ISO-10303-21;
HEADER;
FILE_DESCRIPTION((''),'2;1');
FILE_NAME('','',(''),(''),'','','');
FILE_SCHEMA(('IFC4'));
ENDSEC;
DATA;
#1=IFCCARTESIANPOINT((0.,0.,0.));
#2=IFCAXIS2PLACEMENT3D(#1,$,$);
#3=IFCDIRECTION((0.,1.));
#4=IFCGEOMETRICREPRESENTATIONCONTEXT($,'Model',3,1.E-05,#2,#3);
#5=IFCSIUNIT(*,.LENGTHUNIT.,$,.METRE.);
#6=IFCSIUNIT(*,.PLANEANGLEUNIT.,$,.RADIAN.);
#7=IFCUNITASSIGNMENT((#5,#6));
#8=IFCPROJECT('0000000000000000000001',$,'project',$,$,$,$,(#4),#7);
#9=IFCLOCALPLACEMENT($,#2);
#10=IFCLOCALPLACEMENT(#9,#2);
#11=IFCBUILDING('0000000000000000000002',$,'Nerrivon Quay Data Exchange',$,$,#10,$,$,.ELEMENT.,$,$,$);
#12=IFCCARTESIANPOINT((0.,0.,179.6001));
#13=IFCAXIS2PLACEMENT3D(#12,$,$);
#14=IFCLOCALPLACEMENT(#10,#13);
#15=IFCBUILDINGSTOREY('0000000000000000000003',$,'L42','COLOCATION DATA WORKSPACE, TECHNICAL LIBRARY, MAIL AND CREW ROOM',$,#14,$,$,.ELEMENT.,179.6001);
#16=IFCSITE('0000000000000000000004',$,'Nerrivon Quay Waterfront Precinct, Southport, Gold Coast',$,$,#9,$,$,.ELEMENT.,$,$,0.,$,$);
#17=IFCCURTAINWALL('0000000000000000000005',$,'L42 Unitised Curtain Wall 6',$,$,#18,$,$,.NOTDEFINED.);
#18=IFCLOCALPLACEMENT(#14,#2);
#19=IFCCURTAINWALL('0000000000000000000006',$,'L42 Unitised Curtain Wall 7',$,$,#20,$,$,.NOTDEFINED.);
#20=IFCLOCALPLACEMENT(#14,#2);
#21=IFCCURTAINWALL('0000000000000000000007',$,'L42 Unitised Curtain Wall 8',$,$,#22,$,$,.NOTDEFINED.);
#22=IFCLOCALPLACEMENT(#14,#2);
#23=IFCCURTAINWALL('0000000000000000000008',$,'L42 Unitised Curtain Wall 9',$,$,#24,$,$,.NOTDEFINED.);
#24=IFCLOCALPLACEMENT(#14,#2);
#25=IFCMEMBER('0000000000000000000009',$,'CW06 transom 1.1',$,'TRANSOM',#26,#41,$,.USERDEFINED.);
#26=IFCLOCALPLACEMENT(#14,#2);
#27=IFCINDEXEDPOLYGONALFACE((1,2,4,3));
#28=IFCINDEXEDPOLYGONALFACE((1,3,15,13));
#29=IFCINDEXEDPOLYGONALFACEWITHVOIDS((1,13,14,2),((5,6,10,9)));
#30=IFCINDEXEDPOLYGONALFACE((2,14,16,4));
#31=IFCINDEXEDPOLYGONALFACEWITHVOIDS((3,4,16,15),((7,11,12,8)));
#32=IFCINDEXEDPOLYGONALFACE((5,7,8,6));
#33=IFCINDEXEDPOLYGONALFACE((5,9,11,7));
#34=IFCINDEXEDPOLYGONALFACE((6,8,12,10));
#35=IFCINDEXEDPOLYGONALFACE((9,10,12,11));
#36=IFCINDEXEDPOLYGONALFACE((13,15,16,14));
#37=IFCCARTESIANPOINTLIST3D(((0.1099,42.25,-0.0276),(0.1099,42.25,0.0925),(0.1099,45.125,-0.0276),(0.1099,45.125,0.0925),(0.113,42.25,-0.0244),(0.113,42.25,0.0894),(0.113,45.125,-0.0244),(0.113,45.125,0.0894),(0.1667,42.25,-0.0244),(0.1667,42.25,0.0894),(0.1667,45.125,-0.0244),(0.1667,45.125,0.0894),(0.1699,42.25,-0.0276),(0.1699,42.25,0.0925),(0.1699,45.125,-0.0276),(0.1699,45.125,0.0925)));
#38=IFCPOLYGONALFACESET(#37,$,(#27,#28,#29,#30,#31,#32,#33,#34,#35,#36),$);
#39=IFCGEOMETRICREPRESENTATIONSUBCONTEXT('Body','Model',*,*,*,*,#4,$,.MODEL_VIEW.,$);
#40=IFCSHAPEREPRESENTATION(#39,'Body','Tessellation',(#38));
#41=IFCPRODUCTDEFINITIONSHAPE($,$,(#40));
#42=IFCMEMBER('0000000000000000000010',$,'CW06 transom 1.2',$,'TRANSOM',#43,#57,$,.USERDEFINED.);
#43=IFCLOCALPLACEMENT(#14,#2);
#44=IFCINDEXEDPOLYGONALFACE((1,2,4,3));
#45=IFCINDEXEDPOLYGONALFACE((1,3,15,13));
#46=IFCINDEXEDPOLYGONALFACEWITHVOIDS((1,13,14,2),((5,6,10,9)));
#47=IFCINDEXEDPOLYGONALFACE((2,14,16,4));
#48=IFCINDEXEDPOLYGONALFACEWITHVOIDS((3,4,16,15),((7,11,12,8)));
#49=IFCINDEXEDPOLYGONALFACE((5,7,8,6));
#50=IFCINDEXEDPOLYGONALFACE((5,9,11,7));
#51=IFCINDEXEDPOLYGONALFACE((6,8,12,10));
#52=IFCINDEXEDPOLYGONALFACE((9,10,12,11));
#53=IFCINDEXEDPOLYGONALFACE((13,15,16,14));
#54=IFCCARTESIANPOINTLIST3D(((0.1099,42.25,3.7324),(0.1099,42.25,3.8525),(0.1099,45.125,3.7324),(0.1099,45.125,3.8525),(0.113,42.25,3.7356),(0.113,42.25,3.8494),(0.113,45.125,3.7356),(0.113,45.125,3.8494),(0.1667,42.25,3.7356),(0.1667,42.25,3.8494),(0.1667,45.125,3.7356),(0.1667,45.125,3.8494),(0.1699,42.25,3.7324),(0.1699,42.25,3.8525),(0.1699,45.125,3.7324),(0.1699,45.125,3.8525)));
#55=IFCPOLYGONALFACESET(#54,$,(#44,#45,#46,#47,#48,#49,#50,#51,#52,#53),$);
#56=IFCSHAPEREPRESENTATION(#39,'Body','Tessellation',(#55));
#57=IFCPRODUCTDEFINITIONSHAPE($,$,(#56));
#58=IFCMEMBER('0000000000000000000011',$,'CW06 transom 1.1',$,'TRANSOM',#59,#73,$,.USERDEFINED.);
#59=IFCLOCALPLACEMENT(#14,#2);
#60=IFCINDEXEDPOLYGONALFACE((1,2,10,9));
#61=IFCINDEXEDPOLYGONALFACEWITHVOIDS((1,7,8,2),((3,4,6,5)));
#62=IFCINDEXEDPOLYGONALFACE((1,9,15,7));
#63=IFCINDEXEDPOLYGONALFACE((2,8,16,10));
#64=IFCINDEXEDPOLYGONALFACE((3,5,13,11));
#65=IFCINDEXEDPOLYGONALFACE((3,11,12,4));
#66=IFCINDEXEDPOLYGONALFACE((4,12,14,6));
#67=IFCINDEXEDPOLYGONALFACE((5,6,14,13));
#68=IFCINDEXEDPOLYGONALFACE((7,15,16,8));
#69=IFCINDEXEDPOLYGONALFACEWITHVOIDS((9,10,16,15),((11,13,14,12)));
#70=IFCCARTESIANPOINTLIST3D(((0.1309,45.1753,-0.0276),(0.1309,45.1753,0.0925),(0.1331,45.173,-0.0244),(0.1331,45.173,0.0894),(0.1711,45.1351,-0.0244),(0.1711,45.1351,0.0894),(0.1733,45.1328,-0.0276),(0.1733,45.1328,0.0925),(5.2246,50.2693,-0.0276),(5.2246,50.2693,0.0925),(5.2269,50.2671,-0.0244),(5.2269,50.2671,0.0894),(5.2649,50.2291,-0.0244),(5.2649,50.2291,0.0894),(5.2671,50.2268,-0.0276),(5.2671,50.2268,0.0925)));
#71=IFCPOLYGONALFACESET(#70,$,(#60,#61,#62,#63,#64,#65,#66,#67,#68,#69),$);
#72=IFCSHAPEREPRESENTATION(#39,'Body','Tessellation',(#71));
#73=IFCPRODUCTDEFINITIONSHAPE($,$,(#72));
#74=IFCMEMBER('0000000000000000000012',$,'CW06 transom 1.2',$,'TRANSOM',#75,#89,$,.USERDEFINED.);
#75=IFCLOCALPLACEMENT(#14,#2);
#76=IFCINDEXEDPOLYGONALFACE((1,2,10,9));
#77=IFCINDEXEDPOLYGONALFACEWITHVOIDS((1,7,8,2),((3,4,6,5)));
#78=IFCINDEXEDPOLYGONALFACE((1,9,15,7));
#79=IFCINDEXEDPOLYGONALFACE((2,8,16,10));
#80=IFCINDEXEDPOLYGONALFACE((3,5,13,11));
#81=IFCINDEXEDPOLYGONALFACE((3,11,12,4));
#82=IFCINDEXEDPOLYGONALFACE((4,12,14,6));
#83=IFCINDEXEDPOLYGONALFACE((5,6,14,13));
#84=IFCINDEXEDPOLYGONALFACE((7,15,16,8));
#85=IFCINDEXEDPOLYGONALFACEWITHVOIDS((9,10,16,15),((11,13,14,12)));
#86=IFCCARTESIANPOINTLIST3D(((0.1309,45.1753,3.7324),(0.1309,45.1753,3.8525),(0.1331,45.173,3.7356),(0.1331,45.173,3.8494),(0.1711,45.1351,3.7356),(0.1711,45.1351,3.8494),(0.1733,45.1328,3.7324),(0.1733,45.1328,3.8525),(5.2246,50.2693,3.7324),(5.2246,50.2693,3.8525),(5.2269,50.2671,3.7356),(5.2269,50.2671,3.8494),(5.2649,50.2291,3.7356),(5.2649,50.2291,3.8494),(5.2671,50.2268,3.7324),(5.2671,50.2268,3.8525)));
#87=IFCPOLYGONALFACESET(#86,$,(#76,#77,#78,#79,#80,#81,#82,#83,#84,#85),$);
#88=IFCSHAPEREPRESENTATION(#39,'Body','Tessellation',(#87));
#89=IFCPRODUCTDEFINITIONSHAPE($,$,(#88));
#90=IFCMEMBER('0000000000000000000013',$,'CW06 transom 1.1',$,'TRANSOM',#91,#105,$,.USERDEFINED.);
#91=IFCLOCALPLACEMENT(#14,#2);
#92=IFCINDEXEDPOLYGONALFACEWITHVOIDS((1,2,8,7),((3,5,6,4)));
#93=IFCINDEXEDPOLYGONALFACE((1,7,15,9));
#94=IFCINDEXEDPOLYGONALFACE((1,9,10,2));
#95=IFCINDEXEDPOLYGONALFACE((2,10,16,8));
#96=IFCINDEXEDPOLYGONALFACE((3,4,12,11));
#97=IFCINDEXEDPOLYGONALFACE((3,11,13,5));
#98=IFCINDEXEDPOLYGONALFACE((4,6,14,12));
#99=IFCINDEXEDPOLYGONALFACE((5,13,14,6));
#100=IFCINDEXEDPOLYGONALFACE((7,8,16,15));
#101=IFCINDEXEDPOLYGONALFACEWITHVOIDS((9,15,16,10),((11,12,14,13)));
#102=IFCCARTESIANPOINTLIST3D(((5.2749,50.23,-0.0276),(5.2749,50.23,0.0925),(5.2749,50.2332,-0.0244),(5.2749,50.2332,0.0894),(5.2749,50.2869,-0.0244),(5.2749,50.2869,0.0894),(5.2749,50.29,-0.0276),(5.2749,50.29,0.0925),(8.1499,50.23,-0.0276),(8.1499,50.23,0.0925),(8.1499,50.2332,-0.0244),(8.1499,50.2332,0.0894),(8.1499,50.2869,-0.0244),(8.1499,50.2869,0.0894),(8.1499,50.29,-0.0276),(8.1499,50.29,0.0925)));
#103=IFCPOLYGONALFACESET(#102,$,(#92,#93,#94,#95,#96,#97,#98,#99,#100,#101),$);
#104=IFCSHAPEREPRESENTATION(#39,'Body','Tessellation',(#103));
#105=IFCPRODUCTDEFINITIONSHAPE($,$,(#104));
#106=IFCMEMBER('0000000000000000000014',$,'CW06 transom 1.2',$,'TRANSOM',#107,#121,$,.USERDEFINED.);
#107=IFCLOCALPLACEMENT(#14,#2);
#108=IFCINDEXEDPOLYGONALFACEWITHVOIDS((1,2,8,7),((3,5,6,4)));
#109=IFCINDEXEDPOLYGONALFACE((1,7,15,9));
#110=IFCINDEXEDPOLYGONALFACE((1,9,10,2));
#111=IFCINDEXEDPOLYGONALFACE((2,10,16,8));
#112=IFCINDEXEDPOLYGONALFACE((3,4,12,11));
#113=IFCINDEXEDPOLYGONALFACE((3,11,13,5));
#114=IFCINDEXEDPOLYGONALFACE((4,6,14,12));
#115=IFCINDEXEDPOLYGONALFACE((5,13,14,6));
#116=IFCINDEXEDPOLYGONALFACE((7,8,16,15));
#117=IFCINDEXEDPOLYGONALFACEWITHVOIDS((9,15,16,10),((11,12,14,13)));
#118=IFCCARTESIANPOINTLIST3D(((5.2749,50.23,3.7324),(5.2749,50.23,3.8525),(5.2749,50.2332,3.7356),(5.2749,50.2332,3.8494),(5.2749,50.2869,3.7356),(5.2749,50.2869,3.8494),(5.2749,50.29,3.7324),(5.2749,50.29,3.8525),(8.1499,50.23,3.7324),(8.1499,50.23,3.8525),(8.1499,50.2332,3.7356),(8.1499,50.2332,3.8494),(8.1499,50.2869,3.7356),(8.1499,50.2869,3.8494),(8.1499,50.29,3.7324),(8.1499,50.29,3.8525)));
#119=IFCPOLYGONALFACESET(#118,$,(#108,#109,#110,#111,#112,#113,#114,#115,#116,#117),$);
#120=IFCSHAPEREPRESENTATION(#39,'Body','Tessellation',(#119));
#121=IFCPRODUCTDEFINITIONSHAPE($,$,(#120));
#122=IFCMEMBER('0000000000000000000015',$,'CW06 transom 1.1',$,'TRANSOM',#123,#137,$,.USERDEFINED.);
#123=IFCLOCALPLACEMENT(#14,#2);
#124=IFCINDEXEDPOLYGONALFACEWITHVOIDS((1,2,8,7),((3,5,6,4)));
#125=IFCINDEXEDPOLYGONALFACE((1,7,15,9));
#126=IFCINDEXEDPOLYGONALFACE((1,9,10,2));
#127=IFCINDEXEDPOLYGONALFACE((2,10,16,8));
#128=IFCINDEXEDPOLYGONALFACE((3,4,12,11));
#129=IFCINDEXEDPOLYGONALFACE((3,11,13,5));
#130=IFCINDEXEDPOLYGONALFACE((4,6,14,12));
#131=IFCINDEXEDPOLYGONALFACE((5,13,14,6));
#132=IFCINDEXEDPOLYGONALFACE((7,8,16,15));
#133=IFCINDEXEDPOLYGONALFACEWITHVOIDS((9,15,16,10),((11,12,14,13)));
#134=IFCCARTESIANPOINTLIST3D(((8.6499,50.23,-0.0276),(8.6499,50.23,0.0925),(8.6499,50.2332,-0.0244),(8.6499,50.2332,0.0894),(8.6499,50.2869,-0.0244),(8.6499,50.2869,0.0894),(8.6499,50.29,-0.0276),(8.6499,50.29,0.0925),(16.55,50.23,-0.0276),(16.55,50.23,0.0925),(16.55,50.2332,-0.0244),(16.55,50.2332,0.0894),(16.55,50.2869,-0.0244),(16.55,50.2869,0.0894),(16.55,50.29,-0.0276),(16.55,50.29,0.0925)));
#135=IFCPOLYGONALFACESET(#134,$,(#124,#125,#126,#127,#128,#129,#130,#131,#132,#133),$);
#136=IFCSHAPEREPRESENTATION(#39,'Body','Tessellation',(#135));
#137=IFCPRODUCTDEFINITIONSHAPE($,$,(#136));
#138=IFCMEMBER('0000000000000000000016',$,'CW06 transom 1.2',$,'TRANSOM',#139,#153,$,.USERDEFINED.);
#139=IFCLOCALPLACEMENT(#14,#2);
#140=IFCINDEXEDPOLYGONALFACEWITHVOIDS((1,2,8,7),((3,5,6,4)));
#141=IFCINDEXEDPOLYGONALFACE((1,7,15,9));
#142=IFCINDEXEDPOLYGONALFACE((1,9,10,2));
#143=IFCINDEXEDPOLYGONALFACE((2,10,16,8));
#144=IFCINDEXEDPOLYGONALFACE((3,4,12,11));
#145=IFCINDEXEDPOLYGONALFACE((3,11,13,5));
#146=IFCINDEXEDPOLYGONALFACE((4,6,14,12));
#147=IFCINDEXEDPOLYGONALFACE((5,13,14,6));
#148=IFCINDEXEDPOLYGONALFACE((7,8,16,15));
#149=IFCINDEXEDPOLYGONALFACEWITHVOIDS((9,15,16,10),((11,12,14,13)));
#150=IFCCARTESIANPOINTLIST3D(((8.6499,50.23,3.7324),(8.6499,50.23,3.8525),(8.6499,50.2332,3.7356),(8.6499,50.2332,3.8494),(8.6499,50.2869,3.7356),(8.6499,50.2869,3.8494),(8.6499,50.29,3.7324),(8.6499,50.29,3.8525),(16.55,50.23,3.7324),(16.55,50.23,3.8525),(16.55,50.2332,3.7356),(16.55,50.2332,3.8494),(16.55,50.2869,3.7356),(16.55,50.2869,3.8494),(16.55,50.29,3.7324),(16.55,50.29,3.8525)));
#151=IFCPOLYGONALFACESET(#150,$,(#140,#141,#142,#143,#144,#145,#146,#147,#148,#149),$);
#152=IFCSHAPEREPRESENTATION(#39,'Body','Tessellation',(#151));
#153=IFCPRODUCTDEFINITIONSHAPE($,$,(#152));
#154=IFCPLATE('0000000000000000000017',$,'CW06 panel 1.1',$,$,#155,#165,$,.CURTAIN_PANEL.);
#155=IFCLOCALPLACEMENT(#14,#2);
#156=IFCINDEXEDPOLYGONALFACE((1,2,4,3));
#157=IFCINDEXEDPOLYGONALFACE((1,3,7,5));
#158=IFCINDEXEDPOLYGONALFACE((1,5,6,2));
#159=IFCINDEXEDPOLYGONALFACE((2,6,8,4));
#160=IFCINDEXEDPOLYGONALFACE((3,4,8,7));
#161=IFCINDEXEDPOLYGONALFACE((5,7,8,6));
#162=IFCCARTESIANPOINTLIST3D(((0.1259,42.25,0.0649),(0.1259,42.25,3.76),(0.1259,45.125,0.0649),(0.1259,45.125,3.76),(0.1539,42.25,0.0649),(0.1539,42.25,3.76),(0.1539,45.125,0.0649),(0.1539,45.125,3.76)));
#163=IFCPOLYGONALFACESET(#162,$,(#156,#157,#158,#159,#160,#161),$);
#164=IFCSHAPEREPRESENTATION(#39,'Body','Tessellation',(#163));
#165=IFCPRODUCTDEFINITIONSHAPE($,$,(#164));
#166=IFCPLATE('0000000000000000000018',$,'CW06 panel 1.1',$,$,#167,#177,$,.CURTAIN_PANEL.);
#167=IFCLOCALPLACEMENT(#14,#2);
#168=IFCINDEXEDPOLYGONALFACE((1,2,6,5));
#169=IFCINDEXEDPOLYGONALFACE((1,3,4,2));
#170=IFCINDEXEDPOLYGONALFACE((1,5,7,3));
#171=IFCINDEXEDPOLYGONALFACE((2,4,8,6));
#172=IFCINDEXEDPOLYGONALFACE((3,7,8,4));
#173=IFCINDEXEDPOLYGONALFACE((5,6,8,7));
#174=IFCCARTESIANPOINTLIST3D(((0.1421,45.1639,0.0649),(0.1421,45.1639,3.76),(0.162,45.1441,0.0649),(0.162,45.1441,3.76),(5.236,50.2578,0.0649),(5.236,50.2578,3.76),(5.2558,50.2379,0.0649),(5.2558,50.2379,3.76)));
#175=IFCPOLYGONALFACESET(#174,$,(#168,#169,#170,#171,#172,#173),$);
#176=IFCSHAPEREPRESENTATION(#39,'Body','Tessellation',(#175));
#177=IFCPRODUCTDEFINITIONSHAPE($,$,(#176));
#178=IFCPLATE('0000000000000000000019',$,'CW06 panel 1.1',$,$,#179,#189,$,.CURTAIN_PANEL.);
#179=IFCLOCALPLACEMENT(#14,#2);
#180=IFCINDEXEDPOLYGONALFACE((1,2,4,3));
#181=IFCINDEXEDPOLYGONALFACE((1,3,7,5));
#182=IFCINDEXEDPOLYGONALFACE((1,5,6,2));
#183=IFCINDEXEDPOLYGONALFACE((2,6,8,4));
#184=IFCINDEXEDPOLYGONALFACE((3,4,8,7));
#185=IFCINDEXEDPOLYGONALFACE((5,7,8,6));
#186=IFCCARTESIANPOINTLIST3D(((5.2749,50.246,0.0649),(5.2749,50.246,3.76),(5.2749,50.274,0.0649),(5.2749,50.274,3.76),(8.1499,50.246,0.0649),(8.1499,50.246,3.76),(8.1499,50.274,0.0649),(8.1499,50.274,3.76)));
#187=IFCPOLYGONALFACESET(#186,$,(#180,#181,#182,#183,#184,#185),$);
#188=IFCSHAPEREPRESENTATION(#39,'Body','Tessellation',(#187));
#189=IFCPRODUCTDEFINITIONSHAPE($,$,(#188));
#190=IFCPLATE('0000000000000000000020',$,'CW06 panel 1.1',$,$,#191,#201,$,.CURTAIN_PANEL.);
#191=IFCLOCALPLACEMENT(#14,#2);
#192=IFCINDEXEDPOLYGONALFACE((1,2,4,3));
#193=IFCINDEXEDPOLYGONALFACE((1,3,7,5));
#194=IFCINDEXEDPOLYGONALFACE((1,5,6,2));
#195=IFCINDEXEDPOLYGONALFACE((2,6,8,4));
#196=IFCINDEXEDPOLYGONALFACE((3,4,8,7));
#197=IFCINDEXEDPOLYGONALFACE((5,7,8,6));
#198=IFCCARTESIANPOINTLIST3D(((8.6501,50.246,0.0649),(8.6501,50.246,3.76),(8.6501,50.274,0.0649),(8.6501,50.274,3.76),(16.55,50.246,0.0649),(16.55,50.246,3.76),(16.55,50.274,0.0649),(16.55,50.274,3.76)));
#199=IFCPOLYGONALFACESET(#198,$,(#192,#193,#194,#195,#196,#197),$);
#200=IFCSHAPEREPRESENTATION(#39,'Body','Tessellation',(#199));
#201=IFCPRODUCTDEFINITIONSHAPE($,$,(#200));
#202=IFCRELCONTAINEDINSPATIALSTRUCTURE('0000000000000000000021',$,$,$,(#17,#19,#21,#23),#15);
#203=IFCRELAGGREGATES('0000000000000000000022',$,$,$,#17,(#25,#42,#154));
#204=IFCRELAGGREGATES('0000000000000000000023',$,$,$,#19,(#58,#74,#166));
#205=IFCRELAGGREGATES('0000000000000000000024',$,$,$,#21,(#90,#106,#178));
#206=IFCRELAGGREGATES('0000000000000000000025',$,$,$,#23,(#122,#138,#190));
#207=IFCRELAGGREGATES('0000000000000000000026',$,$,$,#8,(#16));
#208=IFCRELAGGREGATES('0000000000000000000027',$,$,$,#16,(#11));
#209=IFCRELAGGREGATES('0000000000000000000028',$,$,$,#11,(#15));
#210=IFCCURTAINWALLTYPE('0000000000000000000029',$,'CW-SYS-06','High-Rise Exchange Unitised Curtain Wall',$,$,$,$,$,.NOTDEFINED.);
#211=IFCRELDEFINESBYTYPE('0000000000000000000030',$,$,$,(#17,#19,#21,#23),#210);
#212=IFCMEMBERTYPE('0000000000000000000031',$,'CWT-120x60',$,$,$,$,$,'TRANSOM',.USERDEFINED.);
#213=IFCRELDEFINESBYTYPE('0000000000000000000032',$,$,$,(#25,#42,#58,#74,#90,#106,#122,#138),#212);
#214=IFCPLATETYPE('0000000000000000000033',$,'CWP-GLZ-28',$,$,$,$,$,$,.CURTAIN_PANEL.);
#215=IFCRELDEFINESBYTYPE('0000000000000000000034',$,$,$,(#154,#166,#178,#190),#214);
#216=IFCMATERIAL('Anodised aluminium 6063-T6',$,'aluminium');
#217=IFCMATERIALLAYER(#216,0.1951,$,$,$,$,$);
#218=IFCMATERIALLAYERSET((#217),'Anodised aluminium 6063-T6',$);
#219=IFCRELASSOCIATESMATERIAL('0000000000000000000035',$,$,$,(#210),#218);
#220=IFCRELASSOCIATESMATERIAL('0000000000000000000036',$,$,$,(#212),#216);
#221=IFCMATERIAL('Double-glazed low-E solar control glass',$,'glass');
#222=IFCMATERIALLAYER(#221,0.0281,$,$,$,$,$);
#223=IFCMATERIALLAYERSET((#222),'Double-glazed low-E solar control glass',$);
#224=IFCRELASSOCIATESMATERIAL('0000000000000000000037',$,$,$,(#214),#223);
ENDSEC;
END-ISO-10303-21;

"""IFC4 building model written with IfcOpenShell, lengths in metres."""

from ifc_helpers import new_model, si_unit, direction, frame, origin, origin_2d, place, context, subcontext, project, spatial, rectangle, hollow_rectangle, extrude, material, layer, layer_set, material_profile, profile_set, type_object, element, aggregate, save


model = new_model("IFC4")

# Units and contexts
model_context = context("Model", 3, precision=1e-05, world=origin(), true_north=direction((0.0, 1.0)))
body_context = subcontext(model_context, "Body", "Model", "MODEL_VIEW")
ifc_project = project(units=[si_unit("LENGTHUNIT", "METRE"), si_unit("PLANEANGLEUNIT", "RADIAN")], contexts=[model_context])

# Site, building, storey
site_placement = place(None, origin())
site = spatial("IfcSite", under=ifc_project, at=site_placement, Name="Nerrivon Quay Waterfront Precinct, Southport, Gold Coast", CompositionType="ELEMENT", RefElevation=0.0)
building_placement = place(site_placement, origin())
building = spatial("IfcBuilding", under=site, at=building_placement, Name="Nerrivon Quay Data Exchange", CompositionType="ELEMENT")
storey_placement = place(building_placement, frame((0.0, 0.0, 179.6001)))
storey = spatial("IfcBuildingStorey", under=building, at=storey_placement, Name="L42", Description="COLOCATION DATA WORKSPACE, TECHNICAL LIBRARY, MAIL AND CREW ROOM", CompositionType="ELEMENT", Elevation=179.6001)

# Curtain walls
ifc_material_1 = material(Name="Anodised aluminium 6063-T6", Category="aluminium")
ifc_layer_1 = layer(ifc_material_1, 0.1951)
ifc_layer_set_1 = layer_set([ifc_layer_1], Name="Anodised aluminium 6063-T6")
curtain_wall_type = type_object("IfcCurtainWallType", Name="CW-SYS-06", Description="High-Rise Exchange Unitised Curtain Wall", PredefinedType="NOTDEFINED", material=ifc_layer_set_1)
curtain_wall_1_placement = place(storey_placement, origin())
curtain_wall_1 = element("IfcCurtainWall", 1, at=curtain_wall_1_placement, inside=storey, type_object=curtain_wall_type, Name="L42 Unitised Curtain Wall 6", PredefinedType="NOTDEFINED")
curtain_wall_2_placement = place(storey_placement, origin())
curtain_wall_2 = element("IfcCurtainWall", 2, at=curtain_wall_2_placement, inside=storey, type_object=curtain_wall_type, Name="L42 Unitised Curtain Wall 7", PredefinedType="NOTDEFINED")
curtain_wall_3_placement = place(storey_placement, origin())
curtain_wall_3 = element("IfcCurtainWall", 3, at=curtain_wall_3_placement, inside=storey, type_object=curtain_wall_type, Name="L42 Unitised Curtain Wall 8", PredefinedType="NOTDEFINED")

# Curtain wall
curtain_wall_4_placement = place(storey_placement, origin())
curtain_wall_4 = element("IfcCurtainWall", 4, at=curtain_wall_4_placement, inside=storey, type_object=curtain_wall_type, Name="L42 Unitised Curtain Wall 9", PredefinedType="NOTDEFINED")

# Members
ifc_material_profile_1 = material_profile(ifc_material_1, hollow_rectangle(XDim=0.0601, YDim=0.1201, WallThickness=0.0032, at=origin_2d()), Name="ALU-TRAN-120x60")
ifc_profile_set_1 = profile_set([ifc_material_profile_1], Name="Anodised aluminium 6063-T6")
member_type_1 = type_object("IfcMemberType", Name="CWT-120x60", ElementType="TRANSOM", PredefinedType="USERDEFINED", material=ifc_profile_set_1)
member_1_placement = place(storey_placement, frame((0.1399, 42.25, 0.0325), z_axis=(0.0, 1.0, 0.0), x_axis=(-1.0, 0.0, 0.0)))
member_1 = element("IfcMember", 5, at=member_1_placement, type_object=member_type_1, Name="CW06 transom 1.1", ObjectType="TRANSOM", PredefinedType="USERDEFINED", context=body_context, shape_type="SweptSolid", body=[
    extrude(hollow_rectangle(XDim=0.0601, YDim=0.1201, WallThickness=0.0032, at=origin_2d()), origin(), (0.0, 0.0, 1.0), 2.875),
])
member_2_placement = place(storey_placement, frame((0.1399, 42.25, 3.7925), z_axis=(0.0, 1.0, 0.0), x_axis=(-1.0, 0.0, 0.0)))
member_2 = element("IfcMember", 6, at=member_2_placement, type_object=member_type_1, Name="CW06 transom 1.2", ObjectType="TRANSOM", PredefinedType="USERDEFINED", context=body_context, shape_type="SweptSolid", body=[
    extrude(hollow_rectangle(XDim=0.0601, YDim=0.1201, WallThickness=0.0032, at=origin_2d()), origin(), (0.0, 0.0, 1.0), 2.875),
])
member_3_placement = place(storey_placement, frame((0.1521, 45.1541, 0.0325), z_axis=(0.70709, 0.707124, 0.0), x_axis=(-0.707124, 0.70709, 0.0)))
member_3 = element("IfcMember", 7, at=member_3_placement, type_object=member_type_1, Name="CW06 transom 1.1", ObjectType="TRANSOM", PredefinedType="USERDEFINED", context=body_context, shape_type="SweptSolid", body=[
    extrude(hollow_rectangle(XDim=0.0601, YDim=0.1201, WallThickness=0.0032, at=origin_2d()), origin(), (0.0, 0.0, 1.0), 7.2039),
])
member_4_placement = place(storey_placement, frame((0.1521, 45.1541, 3.7925), z_axis=(0.70709, 0.707124, 0.0), x_axis=(-0.707124, 0.70709, 0.0)))
member_4 = element("IfcMember", 8, at=member_4_placement, type_object=member_type_1, Name="CW06 transom 1.2", ObjectType="TRANSOM", PredefinedType="USERDEFINED", context=body_context, shape_type="SweptSolid", body=[
    extrude(hollow_rectangle(XDim=0.0601, YDim=0.1201, WallThickness=0.0032, at=origin_2d()), origin(), (0.0, 0.0, 1.0), 7.2039),
])
member_5_placement = place(storey_placement, frame((5.2749, 50.26, 0.0325), z_axis=(1.0, 0.0, 0.0), x_axis=(0.0, 1.0, 0.0)))
member_5 = element("IfcMember", 9, at=member_5_placement, type_object=member_type_1, Name="CW06 transom 1.1", ObjectType="TRANSOM", PredefinedType="USERDEFINED", context=body_context, shape_type="SweptSolid", body=[
    extrude(hollow_rectangle(XDim=0.0601, YDim=0.1201, WallThickness=0.0032, at=origin_2d()), origin(), (0.0, 0.0, 1.0), 2.875),
])
member_6_placement = place(storey_placement, frame((5.2749, 50.26, 3.7925), z_axis=(1.0, 0.0, 0.0), x_axis=(0.0, 1.0, 0.0)))
member_6 = element("IfcMember", 10, at=member_6_placement, type_object=member_type_1, Name="CW06 transom 1.2", ObjectType="TRANSOM", PredefinedType="USERDEFINED", context=body_context, shape_type="SweptSolid", body=[
    extrude(hollow_rectangle(XDim=0.0601, YDim=0.1201, WallThickness=0.0032, at=origin_2d()), origin(), (0.0, 0.0, 1.0), 2.875),
])
member_7_placement = place(storey_placement, frame((8.6499, 50.26, 0.0325), z_axis=(1.0, 0.0, 0.0), x_axis=(0.0, 1.0, 0.0)))
member_7 = element("IfcMember", 11, at=member_7_placement, type_object=member_type_1, Name="CW06 transom 1.1", ObjectType="TRANSOM", PredefinedType="USERDEFINED", context=body_context, shape_type="SweptSolid", body=[
    extrude(hollow_rectangle(XDim=0.0601, YDim=0.1201, WallThickness=0.0032, at=origin_2d()), origin(), (0.0, 0.0, 1.0), 7.9001),
])
member_8_placement = place(storey_placement, frame((8.6499, 50.26, 3.7925), z_axis=(1.0, 0.0, 0.0), x_axis=(0.0, 1.0, 0.0)))
member_8 = element("IfcMember", 12, at=member_8_placement, type_object=member_type_1, Name="CW06 transom 1.2", ObjectType="TRANSOM", PredefinedType="USERDEFINED", context=body_context, shape_type="SweptSolid", body=[
    extrude(hollow_rectangle(XDim=0.0601, YDim=0.1201, WallThickness=0.0032, at=origin_2d()), origin(), (0.0, 0.0, 1.0), 7.9001),
])

# Plates
ifc_material_2 = material(Name="Double-glazed low-E solar control glass", Category="glass")
ifc_layer_2 = layer(ifc_material_2, 0.0281)
ifc_layer_set_2 = layer_set([ifc_layer_2], Name="Double-glazed low-E solar control glass")
plate_type = type_object("IfcPlateType", Name="CWP-GLZ-28", PredefinedType="CURTAIN_PANEL", material=ifc_layer_set_2)
plate_1_placement = place(storey_placement, frame((0.1399, 43.6875, 0.0649), z_axis=(0.0, 0.0, 1.0), x_axis=(0.0, 1.0, 0.0)))
plate_1 = element("IfcPlate", 13, at=plate_1_placement, type_object=plate_type, Name="CW06 panel 1.1", PredefinedType="CURTAIN_PANEL", context=body_context, shape_type="SweptSolid", body=[
    extrude(rectangle(XDim=2.875, YDim=0.0281, at=origin_2d()), origin(), (0.0, 0.0, 1.0), 3.6951),
])
aggregate(curtain_wall_1, [member_1, member_2, plate_1])
plate_2_placement = place(storey_placement, frame((2.699, 47.7009, 0.0649), z_axis=(0.0, 0.0, 1.0), x_axis=(0.707107, 0.707107, 0.0)))
plate_2 = element("IfcPlate", 14, at=plate_2_placement, type_object=plate_type, Name="CW06 panel 1.1", PredefinedType="CURTAIN_PANEL", context=body_context, shape_type="SweptSolid", body=[
    extrude(rectangle(XDim=7.2039, YDim=0.0281, at=origin_2d()), origin(), (0.0, 0.0, 1.0), 3.6951),
])
aggregate(curtain_wall_2, [member_3, member_4, plate_2])
plate_3_placement = place(storey_placement, frame((6.7124, 50.26, 0.0649), z_axis=(0.0, 0.0, 1.0), x_axis=(1.0, 0.0, 0.0)))
plate_3 = element("IfcPlate", 15, at=plate_3_placement, type_object=plate_type, Name="CW06 panel 1.1", PredefinedType="CURTAIN_PANEL", context=body_context, shape_type="SweptSolid", body=[
    extrude(rectangle(XDim=2.875, YDim=0.0281, at=origin_2d()), origin(), (0.0, 0.0, 1.0), 3.6951),
])
aggregate(curtain_wall_3, [member_5, member_6, plate_3])
plate_4_placement = place(storey_placement, frame((12.6001, 50.26, 0.0649), z_axis=(0.0, 0.0, 1.0), x_axis=(1.0, 0.0, 0.0)))
plate_4 = element("IfcPlate", 16, at=plate_4_placement, type_object=plate_type, Name="CW06 panel 1.1", PredefinedType="CURTAIN_PANEL", context=body_context, shape_type="SweptSolid", body=[
    extrude(rectangle(XDim=7.8999, YDim=0.0281, at=origin_2d()), origin(), (0.0, 0.0, 1.0), 3.6951),
])
aggregate(curtain_wall_4, [member_7, member_8, plate_4])

save(model, "model.ifc")
